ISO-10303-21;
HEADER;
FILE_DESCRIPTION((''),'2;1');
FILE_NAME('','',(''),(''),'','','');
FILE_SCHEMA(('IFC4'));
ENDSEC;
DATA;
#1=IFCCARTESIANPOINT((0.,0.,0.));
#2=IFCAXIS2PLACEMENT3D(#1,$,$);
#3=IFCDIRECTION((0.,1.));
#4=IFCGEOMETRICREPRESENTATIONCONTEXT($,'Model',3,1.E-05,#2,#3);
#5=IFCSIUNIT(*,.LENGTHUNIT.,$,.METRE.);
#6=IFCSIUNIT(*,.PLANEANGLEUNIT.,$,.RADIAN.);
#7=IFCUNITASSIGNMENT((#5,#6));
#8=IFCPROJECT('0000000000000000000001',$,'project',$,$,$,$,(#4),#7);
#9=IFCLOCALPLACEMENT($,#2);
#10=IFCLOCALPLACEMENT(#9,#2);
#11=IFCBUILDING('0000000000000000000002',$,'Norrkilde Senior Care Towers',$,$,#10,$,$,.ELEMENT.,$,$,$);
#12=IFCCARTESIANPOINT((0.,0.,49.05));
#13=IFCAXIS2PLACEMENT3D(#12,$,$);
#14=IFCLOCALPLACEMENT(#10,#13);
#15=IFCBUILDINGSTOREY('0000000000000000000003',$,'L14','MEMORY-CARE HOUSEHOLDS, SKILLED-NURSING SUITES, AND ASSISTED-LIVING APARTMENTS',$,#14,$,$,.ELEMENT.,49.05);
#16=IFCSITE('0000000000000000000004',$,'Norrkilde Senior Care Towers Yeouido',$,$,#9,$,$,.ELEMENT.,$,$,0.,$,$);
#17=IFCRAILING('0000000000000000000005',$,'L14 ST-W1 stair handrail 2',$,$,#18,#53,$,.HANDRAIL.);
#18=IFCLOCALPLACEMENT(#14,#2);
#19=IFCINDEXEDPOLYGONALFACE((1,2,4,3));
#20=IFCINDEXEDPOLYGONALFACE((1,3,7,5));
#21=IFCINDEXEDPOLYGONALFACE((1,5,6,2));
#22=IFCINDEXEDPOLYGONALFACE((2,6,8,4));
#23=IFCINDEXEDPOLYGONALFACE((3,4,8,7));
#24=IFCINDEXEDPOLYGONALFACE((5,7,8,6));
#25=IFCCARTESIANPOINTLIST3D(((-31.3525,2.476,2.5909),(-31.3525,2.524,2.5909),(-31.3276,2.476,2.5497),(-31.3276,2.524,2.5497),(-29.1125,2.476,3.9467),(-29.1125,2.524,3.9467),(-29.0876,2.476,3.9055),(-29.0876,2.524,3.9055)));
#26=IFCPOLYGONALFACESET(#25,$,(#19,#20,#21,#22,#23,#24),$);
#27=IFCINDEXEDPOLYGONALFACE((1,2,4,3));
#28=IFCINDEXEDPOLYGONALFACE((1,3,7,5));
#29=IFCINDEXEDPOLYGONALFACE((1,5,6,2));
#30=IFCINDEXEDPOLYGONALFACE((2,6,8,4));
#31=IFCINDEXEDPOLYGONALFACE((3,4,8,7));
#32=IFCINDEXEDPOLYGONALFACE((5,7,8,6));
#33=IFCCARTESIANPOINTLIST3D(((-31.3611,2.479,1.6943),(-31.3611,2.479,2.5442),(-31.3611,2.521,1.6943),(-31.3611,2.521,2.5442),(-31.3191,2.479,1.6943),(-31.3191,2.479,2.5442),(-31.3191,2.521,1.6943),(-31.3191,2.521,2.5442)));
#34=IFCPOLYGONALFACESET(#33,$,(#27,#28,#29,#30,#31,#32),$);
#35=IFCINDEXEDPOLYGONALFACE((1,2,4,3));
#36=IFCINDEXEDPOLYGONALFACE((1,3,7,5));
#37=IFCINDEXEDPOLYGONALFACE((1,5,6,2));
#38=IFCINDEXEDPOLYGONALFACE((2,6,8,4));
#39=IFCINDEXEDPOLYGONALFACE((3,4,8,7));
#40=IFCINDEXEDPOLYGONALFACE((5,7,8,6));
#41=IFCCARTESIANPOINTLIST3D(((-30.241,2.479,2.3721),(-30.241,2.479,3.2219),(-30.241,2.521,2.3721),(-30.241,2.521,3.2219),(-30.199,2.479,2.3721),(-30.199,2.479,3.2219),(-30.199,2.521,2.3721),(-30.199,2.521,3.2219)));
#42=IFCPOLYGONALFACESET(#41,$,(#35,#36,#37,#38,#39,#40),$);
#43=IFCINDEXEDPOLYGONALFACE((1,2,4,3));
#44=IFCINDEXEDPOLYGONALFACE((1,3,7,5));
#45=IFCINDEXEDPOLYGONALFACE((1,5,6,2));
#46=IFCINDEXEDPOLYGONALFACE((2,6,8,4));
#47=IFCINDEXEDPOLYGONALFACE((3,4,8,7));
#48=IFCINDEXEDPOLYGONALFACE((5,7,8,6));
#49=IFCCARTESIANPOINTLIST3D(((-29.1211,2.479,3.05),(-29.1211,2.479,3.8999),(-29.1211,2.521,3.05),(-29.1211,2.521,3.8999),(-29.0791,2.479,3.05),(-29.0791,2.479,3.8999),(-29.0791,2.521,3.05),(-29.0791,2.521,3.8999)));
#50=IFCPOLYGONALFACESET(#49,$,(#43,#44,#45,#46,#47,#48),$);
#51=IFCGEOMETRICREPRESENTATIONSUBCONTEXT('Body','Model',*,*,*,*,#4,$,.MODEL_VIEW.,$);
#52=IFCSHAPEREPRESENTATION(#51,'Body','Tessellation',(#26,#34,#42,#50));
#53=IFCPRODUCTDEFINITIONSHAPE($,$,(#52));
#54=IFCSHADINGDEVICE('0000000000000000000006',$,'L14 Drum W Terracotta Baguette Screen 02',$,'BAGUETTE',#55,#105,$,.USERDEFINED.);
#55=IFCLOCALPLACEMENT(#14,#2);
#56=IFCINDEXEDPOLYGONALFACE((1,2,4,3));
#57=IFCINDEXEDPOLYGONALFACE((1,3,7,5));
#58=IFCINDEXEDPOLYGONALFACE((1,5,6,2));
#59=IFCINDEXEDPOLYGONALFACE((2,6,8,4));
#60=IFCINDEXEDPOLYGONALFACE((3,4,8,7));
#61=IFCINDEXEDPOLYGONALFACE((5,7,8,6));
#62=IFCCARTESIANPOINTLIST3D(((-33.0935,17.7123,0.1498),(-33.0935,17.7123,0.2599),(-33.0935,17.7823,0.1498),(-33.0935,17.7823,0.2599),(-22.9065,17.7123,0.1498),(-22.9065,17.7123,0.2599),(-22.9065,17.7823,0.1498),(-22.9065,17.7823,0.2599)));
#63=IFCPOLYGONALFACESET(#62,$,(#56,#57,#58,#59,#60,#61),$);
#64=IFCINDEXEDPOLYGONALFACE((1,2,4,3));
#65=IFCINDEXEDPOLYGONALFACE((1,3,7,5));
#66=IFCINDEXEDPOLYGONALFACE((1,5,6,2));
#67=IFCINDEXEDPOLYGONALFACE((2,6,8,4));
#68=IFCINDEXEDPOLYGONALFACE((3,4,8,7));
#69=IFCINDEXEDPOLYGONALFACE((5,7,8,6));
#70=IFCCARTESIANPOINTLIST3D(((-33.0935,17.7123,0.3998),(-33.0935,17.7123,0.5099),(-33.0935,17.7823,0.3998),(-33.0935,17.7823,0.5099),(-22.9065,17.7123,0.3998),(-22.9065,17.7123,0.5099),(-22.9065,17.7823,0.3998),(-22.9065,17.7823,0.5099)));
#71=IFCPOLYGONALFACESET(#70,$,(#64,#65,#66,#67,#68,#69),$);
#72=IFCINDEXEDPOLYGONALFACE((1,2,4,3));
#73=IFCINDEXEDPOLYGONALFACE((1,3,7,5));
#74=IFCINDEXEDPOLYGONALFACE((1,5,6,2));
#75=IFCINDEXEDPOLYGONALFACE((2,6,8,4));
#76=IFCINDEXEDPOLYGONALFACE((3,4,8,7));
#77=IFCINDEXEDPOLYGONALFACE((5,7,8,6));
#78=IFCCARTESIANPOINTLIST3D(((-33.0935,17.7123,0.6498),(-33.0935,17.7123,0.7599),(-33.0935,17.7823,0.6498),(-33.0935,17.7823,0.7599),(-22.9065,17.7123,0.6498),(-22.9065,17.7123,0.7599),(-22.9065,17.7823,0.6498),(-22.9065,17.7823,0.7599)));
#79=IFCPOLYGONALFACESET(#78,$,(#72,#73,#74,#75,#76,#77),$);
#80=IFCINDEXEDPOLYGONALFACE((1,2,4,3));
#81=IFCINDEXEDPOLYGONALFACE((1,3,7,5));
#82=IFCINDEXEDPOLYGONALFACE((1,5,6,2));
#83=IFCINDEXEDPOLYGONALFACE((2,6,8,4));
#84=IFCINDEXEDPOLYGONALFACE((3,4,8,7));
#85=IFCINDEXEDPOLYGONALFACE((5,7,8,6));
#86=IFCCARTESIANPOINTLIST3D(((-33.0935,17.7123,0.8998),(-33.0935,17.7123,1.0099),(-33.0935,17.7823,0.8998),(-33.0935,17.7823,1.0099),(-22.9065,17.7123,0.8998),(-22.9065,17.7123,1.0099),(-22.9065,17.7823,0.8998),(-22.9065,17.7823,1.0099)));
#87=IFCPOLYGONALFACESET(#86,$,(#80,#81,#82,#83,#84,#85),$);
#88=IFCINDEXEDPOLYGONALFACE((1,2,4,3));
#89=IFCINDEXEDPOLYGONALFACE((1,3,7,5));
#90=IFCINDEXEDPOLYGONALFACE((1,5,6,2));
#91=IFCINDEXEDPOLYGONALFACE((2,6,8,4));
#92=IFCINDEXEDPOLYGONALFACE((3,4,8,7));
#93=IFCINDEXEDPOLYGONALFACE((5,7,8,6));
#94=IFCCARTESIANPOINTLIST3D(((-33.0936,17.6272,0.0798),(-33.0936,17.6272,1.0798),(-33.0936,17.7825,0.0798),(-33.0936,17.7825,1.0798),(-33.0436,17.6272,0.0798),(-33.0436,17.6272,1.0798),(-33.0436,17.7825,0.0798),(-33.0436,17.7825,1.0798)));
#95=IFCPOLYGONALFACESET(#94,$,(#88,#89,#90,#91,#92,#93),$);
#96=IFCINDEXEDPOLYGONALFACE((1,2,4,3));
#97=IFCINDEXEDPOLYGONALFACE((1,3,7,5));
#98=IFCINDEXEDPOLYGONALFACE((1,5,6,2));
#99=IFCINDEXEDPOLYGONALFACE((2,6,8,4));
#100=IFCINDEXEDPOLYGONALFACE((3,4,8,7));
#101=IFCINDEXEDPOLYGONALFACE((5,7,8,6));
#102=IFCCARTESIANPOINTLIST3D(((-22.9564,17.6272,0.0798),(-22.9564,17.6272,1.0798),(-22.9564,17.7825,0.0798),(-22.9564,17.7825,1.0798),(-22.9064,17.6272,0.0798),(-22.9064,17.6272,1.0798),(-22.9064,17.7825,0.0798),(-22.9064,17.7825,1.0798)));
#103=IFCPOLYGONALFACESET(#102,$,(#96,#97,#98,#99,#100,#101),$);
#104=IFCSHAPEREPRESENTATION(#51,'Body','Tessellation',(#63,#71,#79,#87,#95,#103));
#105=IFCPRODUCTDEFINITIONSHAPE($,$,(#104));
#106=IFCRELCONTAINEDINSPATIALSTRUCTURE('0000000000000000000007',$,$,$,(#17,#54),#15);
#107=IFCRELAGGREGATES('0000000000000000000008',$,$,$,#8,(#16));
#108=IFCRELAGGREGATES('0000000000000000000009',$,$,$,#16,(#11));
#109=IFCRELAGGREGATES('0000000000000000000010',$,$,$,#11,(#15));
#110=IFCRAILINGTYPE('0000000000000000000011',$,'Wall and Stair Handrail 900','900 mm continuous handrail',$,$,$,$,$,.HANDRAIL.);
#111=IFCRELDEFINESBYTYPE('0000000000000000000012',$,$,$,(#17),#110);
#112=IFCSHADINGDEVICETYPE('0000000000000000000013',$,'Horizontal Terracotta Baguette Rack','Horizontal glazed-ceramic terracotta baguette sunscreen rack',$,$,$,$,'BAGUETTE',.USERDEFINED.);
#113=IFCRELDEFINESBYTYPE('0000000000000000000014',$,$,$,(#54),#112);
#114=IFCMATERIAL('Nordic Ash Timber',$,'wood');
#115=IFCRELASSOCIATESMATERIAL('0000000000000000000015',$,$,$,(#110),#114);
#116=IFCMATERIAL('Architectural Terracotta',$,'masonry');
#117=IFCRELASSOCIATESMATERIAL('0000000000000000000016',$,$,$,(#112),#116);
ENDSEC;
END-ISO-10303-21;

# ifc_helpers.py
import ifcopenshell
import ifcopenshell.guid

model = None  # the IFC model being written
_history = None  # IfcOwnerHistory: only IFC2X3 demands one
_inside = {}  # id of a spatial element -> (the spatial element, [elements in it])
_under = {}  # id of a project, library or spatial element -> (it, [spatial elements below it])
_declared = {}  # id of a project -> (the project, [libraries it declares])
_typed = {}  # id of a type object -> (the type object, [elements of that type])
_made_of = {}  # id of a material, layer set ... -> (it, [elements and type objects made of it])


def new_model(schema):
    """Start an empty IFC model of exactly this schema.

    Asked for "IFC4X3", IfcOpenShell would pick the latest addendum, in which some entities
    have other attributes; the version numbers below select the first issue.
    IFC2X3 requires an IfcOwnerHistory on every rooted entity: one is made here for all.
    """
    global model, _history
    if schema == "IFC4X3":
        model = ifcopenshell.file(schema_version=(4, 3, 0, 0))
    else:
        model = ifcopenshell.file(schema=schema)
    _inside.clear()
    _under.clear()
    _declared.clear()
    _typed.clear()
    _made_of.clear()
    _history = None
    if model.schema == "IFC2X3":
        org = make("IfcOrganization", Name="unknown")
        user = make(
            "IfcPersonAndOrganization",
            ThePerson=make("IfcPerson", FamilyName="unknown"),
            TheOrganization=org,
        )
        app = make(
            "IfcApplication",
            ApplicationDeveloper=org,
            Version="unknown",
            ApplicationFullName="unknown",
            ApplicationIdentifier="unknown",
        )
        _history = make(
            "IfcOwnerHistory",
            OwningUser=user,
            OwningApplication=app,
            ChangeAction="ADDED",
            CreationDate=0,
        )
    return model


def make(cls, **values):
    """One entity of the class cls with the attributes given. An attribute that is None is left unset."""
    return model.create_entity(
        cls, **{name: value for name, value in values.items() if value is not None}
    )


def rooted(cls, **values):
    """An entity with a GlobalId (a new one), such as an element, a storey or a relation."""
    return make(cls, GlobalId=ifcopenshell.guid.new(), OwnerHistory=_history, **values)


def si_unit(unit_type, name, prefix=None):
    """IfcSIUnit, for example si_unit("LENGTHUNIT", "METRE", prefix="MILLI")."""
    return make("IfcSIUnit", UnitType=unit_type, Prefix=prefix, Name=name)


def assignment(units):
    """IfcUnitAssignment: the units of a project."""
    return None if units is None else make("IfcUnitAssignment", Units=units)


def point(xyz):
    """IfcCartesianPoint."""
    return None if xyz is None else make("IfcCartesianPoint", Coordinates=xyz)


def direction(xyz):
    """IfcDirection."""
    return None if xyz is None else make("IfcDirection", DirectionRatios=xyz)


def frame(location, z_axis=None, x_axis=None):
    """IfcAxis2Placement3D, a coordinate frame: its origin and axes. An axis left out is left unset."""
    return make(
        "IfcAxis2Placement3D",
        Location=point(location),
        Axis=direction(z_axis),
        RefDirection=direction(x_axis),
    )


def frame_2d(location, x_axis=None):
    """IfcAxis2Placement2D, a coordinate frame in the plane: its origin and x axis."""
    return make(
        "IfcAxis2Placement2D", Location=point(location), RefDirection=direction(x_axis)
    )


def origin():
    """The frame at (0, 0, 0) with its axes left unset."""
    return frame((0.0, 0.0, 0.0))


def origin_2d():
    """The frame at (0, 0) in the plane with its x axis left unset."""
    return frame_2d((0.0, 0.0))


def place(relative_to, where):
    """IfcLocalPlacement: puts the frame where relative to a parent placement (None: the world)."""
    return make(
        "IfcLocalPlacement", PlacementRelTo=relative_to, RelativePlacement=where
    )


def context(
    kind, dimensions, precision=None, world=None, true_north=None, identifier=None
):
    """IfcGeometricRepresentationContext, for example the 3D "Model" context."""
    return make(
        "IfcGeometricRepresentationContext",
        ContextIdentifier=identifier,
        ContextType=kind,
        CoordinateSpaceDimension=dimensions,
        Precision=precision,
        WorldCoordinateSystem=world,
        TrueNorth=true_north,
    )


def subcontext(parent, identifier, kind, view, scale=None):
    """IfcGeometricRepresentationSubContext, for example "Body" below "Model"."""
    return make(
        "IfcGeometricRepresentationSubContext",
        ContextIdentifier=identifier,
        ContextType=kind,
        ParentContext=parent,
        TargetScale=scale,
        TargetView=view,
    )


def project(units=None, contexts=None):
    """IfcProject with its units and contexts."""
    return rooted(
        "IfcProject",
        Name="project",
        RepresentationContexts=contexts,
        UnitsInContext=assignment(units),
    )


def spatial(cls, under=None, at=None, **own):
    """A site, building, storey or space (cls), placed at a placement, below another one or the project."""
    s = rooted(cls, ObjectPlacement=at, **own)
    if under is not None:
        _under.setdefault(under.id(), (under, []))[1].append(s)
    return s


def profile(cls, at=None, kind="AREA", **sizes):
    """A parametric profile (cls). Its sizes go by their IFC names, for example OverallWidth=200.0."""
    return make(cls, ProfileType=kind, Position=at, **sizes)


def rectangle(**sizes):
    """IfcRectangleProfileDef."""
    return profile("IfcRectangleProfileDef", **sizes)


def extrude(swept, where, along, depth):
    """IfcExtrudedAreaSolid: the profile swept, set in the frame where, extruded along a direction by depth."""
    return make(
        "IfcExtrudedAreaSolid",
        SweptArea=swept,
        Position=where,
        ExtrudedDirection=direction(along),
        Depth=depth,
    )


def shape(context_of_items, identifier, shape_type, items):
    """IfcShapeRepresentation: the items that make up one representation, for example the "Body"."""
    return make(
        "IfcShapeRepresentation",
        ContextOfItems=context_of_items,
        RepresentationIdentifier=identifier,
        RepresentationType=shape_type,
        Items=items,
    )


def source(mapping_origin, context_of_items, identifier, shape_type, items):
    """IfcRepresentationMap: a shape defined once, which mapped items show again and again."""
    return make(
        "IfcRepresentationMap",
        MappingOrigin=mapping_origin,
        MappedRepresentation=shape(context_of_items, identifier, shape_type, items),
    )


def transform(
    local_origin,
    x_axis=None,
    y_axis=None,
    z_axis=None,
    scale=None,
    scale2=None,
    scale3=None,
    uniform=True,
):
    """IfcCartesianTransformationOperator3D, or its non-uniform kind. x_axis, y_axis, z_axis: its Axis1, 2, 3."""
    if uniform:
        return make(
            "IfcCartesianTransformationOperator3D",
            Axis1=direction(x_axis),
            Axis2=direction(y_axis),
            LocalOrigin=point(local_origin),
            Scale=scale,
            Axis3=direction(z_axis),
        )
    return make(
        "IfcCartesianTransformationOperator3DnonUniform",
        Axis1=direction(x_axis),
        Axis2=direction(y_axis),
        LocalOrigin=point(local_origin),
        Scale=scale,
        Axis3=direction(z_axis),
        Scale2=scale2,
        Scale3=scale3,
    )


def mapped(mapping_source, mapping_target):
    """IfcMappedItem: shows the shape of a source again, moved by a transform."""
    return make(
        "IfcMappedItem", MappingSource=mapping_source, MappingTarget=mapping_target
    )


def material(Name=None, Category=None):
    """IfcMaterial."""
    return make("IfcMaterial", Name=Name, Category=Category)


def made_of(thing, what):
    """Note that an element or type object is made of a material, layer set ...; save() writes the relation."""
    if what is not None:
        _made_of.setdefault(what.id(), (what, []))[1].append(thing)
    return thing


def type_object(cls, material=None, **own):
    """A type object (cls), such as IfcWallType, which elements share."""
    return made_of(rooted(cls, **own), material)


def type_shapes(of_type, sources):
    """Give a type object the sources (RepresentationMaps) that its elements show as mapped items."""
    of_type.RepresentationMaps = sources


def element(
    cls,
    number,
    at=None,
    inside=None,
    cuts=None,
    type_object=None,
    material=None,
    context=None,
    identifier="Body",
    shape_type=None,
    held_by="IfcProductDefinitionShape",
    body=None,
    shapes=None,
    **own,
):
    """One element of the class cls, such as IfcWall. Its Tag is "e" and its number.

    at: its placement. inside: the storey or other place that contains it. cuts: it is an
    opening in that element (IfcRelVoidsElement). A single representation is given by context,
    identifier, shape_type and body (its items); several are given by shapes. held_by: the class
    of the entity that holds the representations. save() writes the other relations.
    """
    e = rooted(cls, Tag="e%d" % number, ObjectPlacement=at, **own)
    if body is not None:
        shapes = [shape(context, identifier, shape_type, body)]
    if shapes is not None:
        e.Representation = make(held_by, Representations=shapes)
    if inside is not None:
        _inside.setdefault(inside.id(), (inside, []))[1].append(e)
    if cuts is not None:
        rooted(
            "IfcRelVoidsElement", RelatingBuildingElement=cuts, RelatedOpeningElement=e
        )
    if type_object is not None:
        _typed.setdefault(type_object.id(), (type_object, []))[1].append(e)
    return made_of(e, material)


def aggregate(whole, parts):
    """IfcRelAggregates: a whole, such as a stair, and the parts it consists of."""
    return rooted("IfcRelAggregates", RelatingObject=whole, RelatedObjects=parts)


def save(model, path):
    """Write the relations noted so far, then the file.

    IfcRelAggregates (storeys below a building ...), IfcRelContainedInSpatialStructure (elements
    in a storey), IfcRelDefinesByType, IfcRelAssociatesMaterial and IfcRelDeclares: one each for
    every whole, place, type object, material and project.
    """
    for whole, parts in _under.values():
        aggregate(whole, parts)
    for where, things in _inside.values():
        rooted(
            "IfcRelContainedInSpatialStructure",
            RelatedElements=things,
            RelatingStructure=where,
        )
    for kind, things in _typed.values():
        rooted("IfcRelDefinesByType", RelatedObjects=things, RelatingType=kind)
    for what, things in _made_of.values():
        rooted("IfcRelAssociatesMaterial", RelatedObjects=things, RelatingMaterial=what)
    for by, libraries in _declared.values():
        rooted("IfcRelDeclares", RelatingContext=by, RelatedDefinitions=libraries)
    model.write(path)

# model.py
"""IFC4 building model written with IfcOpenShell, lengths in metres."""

from ifc_helpers import new_model, si_unit, direction, frame, origin, origin_2d, place, context, subcontext, project, spatial, rectangle, extrude, source, transform, mapped, material, type_object, type_shapes, element, save


model = new_model("IFC4")

# Units and contexts
model_context = context("Model", 3, precision=1e-05, world=origin(), true_north=direction((0.0, 1.0)))
body_context = subcontext(model_context, "Body", "Model", "MODEL_VIEW")
ifc_project = project(units=[si_unit("LENGTHUNIT", "METRE"), si_unit("PLANEANGLEUNIT", "RADIAN")], contexts=[model_context])

# Site, building, storey
site_placement = place(None, origin())
site = spatial("IfcSite", under=ifc_project, at=site_placement, Name="Norrkilde Senior Care Towers Yeouido", CompositionType="ELEMENT", RefElevation=0.0)
building_placement = place(site_placement, origin())
building = spatial("IfcBuilding", under=site, at=building_placement, Name="Norrkilde Senior Care Towers", CompositionType="ELEMENT")
storey_placement = place(building_placement, frame((0.0, 0.0, 49.05)))
storey = spatial("IfcBuildingStorey", under=building, at=storey_placement, Name="L14", Description="MEMORY-CARE HOUSEHOLDS, SKILLED-NURSING SUITES, AND ASSISTED-LIVING APARTMENTS", CompositionType="ELEMENT", Elevation=49.05)

# Railing
ifc_material_1 = material(Name="Nordic Ash Timber", Category="wood")
railing_type_1 = type_object("IfcRailingType", Name="Wall and Stair Handrail 900", Description="900 mm continuous handrail", PredefinedType="HANDRAIL", material=ifc_material_1)
railing_1_placement = place(storey_placement, frame((-31.3401, 2.5, 1.6943)))
element("IfcRailing", 1, at=railing_1_placement, inside=storey, type_object=railing_type_1, Name="L14 ST-W1 stair handrail 2", PredefinedType="HANDRAIL", context=body_context, shape_type="SweptSolid", body=[
    extrude(rectangle(XDim=0.0481, YDim=0.0481, at=origin_2d()), frame((0.0, 0.0, 0.876), z_axis=(0.855512, 0.0, 0.517783), x_axis=(0.0, 1.0, 0.0)), (0.0, 0.0, 1.0), 2.6184),
    extrude(rectangle(XDim=0.042, YDim=0.042, at=origin_2d()), origin(), (0.0, 0.0, 1.0), 0.8499),
    extrude(rectangle(XDim=0.042, YDim=0.042, at=origin_2d()), frame((1.1201, 0.0, 0.6777)), (0.0, 0.0, 1.0), 0.8499),
    extrude(rectangle(XDim=0.042, YDim=0.042, at=origin_2d()), frame((2.24, 0.0, 1.3557)), (0.0, 0.0, 1.0), 0.8499),
])

# Shading device
ifc_material_2 = material(Name="Architectural Terracotta", Category="masonry")
shading_device_type = type_object("IfcShadingDeviceType", Name="Horizontal Terracotta Baguette Rack", Description="Horizontal glazed-ceramic terracotta baguette sunscreen rack", ElementType="BAGUETTE", PredefinedType="USERDEFINED", material=ifc_material_2)
shared_shape_1 = source(origin(), body_context, "Body", "SweptSolid", [
    extrude(rectangle(XDim=0.0701, YDim=0.1101, at=origin_2d()), frame((0.0, 0.0901, 0.125), z_axis=(1.0, 0.0, 0.0), x_axis=(0.0, 1.0, 0.0)), (0.0, 0.0, 1.0), 10.187),
    extrude(rectangle(XDim=0.0701, YDim=0.1101, at=origin_2d()), frame((0.0, 0.0901, 0.375), z_axis=(1.0, 0.0, 0.0), x_axis=(0.0, 1.0, 0.0)), (0.0, 0.0, 1.0), 10.187),
    extrude(rectangle(XDim=0.0701, YDim=0.1101, at=origin_2d()), frame((0.0, 0.0901, 0.625), z_axis=(1.0, 0.0, 0.0), x_axis=(0.0, 1.0, 0.0)), (0.0, 0.0, 1.0), 10.187),
    extrude(rectangle(XDim=0.0701, YDim=0.1101, at=origin_2d()), frame((0.0, 0.0901, 0.875), z_axis=(1.0, 0.0, 0.0), x_axis=(0.0, 1.0, 0.0)), (0.0, 0.0, 1.0), 10.187),
    extrude(rectangle(XDim=0.05, YDim=0.1553, at=origin_2d()), frame((0.0249, 0.0476, 0.0)), (0.0, 0.0, 1.0), 1.0),
    extrude(rectangle(XDim=0.05, YDim=0.1553, at=origin_2d()), frame((10.1621, 0.0476, 0.0)), (0.0, 0.0, 1.0), 1.0),
])
type_shapes(shading_device_type, [shared_shape_1])
shading_device_placement = place(storey_placement, frame((-33.0935, 17.6572, 0.0798), z_axis=(0.0, 0.0, 1.0), x_axis=(1.0, 0.0, 0.0)))
element("IfcShadingDevice", 2, at=shading_device_placement, inside=storey, type_object=shading_device_type, Name="L14 Drum W Terracotta Baguette Screen 02", ObjectType="BAGUETTE", PredefinedType="USERDEFINED", context=body_context, shape_type="MappedRepresentation", body=[
    mapped(shared_shape_1, transform((0.0, 0.0, 0.0), x_axis=(1.0, 0.0, 0.0), y_axis=(0.0, 1.0, 0.0), z_axis=(0.0, 0.0, 1.0), scale=1.0)),
])

save(model, "model.ifc")
